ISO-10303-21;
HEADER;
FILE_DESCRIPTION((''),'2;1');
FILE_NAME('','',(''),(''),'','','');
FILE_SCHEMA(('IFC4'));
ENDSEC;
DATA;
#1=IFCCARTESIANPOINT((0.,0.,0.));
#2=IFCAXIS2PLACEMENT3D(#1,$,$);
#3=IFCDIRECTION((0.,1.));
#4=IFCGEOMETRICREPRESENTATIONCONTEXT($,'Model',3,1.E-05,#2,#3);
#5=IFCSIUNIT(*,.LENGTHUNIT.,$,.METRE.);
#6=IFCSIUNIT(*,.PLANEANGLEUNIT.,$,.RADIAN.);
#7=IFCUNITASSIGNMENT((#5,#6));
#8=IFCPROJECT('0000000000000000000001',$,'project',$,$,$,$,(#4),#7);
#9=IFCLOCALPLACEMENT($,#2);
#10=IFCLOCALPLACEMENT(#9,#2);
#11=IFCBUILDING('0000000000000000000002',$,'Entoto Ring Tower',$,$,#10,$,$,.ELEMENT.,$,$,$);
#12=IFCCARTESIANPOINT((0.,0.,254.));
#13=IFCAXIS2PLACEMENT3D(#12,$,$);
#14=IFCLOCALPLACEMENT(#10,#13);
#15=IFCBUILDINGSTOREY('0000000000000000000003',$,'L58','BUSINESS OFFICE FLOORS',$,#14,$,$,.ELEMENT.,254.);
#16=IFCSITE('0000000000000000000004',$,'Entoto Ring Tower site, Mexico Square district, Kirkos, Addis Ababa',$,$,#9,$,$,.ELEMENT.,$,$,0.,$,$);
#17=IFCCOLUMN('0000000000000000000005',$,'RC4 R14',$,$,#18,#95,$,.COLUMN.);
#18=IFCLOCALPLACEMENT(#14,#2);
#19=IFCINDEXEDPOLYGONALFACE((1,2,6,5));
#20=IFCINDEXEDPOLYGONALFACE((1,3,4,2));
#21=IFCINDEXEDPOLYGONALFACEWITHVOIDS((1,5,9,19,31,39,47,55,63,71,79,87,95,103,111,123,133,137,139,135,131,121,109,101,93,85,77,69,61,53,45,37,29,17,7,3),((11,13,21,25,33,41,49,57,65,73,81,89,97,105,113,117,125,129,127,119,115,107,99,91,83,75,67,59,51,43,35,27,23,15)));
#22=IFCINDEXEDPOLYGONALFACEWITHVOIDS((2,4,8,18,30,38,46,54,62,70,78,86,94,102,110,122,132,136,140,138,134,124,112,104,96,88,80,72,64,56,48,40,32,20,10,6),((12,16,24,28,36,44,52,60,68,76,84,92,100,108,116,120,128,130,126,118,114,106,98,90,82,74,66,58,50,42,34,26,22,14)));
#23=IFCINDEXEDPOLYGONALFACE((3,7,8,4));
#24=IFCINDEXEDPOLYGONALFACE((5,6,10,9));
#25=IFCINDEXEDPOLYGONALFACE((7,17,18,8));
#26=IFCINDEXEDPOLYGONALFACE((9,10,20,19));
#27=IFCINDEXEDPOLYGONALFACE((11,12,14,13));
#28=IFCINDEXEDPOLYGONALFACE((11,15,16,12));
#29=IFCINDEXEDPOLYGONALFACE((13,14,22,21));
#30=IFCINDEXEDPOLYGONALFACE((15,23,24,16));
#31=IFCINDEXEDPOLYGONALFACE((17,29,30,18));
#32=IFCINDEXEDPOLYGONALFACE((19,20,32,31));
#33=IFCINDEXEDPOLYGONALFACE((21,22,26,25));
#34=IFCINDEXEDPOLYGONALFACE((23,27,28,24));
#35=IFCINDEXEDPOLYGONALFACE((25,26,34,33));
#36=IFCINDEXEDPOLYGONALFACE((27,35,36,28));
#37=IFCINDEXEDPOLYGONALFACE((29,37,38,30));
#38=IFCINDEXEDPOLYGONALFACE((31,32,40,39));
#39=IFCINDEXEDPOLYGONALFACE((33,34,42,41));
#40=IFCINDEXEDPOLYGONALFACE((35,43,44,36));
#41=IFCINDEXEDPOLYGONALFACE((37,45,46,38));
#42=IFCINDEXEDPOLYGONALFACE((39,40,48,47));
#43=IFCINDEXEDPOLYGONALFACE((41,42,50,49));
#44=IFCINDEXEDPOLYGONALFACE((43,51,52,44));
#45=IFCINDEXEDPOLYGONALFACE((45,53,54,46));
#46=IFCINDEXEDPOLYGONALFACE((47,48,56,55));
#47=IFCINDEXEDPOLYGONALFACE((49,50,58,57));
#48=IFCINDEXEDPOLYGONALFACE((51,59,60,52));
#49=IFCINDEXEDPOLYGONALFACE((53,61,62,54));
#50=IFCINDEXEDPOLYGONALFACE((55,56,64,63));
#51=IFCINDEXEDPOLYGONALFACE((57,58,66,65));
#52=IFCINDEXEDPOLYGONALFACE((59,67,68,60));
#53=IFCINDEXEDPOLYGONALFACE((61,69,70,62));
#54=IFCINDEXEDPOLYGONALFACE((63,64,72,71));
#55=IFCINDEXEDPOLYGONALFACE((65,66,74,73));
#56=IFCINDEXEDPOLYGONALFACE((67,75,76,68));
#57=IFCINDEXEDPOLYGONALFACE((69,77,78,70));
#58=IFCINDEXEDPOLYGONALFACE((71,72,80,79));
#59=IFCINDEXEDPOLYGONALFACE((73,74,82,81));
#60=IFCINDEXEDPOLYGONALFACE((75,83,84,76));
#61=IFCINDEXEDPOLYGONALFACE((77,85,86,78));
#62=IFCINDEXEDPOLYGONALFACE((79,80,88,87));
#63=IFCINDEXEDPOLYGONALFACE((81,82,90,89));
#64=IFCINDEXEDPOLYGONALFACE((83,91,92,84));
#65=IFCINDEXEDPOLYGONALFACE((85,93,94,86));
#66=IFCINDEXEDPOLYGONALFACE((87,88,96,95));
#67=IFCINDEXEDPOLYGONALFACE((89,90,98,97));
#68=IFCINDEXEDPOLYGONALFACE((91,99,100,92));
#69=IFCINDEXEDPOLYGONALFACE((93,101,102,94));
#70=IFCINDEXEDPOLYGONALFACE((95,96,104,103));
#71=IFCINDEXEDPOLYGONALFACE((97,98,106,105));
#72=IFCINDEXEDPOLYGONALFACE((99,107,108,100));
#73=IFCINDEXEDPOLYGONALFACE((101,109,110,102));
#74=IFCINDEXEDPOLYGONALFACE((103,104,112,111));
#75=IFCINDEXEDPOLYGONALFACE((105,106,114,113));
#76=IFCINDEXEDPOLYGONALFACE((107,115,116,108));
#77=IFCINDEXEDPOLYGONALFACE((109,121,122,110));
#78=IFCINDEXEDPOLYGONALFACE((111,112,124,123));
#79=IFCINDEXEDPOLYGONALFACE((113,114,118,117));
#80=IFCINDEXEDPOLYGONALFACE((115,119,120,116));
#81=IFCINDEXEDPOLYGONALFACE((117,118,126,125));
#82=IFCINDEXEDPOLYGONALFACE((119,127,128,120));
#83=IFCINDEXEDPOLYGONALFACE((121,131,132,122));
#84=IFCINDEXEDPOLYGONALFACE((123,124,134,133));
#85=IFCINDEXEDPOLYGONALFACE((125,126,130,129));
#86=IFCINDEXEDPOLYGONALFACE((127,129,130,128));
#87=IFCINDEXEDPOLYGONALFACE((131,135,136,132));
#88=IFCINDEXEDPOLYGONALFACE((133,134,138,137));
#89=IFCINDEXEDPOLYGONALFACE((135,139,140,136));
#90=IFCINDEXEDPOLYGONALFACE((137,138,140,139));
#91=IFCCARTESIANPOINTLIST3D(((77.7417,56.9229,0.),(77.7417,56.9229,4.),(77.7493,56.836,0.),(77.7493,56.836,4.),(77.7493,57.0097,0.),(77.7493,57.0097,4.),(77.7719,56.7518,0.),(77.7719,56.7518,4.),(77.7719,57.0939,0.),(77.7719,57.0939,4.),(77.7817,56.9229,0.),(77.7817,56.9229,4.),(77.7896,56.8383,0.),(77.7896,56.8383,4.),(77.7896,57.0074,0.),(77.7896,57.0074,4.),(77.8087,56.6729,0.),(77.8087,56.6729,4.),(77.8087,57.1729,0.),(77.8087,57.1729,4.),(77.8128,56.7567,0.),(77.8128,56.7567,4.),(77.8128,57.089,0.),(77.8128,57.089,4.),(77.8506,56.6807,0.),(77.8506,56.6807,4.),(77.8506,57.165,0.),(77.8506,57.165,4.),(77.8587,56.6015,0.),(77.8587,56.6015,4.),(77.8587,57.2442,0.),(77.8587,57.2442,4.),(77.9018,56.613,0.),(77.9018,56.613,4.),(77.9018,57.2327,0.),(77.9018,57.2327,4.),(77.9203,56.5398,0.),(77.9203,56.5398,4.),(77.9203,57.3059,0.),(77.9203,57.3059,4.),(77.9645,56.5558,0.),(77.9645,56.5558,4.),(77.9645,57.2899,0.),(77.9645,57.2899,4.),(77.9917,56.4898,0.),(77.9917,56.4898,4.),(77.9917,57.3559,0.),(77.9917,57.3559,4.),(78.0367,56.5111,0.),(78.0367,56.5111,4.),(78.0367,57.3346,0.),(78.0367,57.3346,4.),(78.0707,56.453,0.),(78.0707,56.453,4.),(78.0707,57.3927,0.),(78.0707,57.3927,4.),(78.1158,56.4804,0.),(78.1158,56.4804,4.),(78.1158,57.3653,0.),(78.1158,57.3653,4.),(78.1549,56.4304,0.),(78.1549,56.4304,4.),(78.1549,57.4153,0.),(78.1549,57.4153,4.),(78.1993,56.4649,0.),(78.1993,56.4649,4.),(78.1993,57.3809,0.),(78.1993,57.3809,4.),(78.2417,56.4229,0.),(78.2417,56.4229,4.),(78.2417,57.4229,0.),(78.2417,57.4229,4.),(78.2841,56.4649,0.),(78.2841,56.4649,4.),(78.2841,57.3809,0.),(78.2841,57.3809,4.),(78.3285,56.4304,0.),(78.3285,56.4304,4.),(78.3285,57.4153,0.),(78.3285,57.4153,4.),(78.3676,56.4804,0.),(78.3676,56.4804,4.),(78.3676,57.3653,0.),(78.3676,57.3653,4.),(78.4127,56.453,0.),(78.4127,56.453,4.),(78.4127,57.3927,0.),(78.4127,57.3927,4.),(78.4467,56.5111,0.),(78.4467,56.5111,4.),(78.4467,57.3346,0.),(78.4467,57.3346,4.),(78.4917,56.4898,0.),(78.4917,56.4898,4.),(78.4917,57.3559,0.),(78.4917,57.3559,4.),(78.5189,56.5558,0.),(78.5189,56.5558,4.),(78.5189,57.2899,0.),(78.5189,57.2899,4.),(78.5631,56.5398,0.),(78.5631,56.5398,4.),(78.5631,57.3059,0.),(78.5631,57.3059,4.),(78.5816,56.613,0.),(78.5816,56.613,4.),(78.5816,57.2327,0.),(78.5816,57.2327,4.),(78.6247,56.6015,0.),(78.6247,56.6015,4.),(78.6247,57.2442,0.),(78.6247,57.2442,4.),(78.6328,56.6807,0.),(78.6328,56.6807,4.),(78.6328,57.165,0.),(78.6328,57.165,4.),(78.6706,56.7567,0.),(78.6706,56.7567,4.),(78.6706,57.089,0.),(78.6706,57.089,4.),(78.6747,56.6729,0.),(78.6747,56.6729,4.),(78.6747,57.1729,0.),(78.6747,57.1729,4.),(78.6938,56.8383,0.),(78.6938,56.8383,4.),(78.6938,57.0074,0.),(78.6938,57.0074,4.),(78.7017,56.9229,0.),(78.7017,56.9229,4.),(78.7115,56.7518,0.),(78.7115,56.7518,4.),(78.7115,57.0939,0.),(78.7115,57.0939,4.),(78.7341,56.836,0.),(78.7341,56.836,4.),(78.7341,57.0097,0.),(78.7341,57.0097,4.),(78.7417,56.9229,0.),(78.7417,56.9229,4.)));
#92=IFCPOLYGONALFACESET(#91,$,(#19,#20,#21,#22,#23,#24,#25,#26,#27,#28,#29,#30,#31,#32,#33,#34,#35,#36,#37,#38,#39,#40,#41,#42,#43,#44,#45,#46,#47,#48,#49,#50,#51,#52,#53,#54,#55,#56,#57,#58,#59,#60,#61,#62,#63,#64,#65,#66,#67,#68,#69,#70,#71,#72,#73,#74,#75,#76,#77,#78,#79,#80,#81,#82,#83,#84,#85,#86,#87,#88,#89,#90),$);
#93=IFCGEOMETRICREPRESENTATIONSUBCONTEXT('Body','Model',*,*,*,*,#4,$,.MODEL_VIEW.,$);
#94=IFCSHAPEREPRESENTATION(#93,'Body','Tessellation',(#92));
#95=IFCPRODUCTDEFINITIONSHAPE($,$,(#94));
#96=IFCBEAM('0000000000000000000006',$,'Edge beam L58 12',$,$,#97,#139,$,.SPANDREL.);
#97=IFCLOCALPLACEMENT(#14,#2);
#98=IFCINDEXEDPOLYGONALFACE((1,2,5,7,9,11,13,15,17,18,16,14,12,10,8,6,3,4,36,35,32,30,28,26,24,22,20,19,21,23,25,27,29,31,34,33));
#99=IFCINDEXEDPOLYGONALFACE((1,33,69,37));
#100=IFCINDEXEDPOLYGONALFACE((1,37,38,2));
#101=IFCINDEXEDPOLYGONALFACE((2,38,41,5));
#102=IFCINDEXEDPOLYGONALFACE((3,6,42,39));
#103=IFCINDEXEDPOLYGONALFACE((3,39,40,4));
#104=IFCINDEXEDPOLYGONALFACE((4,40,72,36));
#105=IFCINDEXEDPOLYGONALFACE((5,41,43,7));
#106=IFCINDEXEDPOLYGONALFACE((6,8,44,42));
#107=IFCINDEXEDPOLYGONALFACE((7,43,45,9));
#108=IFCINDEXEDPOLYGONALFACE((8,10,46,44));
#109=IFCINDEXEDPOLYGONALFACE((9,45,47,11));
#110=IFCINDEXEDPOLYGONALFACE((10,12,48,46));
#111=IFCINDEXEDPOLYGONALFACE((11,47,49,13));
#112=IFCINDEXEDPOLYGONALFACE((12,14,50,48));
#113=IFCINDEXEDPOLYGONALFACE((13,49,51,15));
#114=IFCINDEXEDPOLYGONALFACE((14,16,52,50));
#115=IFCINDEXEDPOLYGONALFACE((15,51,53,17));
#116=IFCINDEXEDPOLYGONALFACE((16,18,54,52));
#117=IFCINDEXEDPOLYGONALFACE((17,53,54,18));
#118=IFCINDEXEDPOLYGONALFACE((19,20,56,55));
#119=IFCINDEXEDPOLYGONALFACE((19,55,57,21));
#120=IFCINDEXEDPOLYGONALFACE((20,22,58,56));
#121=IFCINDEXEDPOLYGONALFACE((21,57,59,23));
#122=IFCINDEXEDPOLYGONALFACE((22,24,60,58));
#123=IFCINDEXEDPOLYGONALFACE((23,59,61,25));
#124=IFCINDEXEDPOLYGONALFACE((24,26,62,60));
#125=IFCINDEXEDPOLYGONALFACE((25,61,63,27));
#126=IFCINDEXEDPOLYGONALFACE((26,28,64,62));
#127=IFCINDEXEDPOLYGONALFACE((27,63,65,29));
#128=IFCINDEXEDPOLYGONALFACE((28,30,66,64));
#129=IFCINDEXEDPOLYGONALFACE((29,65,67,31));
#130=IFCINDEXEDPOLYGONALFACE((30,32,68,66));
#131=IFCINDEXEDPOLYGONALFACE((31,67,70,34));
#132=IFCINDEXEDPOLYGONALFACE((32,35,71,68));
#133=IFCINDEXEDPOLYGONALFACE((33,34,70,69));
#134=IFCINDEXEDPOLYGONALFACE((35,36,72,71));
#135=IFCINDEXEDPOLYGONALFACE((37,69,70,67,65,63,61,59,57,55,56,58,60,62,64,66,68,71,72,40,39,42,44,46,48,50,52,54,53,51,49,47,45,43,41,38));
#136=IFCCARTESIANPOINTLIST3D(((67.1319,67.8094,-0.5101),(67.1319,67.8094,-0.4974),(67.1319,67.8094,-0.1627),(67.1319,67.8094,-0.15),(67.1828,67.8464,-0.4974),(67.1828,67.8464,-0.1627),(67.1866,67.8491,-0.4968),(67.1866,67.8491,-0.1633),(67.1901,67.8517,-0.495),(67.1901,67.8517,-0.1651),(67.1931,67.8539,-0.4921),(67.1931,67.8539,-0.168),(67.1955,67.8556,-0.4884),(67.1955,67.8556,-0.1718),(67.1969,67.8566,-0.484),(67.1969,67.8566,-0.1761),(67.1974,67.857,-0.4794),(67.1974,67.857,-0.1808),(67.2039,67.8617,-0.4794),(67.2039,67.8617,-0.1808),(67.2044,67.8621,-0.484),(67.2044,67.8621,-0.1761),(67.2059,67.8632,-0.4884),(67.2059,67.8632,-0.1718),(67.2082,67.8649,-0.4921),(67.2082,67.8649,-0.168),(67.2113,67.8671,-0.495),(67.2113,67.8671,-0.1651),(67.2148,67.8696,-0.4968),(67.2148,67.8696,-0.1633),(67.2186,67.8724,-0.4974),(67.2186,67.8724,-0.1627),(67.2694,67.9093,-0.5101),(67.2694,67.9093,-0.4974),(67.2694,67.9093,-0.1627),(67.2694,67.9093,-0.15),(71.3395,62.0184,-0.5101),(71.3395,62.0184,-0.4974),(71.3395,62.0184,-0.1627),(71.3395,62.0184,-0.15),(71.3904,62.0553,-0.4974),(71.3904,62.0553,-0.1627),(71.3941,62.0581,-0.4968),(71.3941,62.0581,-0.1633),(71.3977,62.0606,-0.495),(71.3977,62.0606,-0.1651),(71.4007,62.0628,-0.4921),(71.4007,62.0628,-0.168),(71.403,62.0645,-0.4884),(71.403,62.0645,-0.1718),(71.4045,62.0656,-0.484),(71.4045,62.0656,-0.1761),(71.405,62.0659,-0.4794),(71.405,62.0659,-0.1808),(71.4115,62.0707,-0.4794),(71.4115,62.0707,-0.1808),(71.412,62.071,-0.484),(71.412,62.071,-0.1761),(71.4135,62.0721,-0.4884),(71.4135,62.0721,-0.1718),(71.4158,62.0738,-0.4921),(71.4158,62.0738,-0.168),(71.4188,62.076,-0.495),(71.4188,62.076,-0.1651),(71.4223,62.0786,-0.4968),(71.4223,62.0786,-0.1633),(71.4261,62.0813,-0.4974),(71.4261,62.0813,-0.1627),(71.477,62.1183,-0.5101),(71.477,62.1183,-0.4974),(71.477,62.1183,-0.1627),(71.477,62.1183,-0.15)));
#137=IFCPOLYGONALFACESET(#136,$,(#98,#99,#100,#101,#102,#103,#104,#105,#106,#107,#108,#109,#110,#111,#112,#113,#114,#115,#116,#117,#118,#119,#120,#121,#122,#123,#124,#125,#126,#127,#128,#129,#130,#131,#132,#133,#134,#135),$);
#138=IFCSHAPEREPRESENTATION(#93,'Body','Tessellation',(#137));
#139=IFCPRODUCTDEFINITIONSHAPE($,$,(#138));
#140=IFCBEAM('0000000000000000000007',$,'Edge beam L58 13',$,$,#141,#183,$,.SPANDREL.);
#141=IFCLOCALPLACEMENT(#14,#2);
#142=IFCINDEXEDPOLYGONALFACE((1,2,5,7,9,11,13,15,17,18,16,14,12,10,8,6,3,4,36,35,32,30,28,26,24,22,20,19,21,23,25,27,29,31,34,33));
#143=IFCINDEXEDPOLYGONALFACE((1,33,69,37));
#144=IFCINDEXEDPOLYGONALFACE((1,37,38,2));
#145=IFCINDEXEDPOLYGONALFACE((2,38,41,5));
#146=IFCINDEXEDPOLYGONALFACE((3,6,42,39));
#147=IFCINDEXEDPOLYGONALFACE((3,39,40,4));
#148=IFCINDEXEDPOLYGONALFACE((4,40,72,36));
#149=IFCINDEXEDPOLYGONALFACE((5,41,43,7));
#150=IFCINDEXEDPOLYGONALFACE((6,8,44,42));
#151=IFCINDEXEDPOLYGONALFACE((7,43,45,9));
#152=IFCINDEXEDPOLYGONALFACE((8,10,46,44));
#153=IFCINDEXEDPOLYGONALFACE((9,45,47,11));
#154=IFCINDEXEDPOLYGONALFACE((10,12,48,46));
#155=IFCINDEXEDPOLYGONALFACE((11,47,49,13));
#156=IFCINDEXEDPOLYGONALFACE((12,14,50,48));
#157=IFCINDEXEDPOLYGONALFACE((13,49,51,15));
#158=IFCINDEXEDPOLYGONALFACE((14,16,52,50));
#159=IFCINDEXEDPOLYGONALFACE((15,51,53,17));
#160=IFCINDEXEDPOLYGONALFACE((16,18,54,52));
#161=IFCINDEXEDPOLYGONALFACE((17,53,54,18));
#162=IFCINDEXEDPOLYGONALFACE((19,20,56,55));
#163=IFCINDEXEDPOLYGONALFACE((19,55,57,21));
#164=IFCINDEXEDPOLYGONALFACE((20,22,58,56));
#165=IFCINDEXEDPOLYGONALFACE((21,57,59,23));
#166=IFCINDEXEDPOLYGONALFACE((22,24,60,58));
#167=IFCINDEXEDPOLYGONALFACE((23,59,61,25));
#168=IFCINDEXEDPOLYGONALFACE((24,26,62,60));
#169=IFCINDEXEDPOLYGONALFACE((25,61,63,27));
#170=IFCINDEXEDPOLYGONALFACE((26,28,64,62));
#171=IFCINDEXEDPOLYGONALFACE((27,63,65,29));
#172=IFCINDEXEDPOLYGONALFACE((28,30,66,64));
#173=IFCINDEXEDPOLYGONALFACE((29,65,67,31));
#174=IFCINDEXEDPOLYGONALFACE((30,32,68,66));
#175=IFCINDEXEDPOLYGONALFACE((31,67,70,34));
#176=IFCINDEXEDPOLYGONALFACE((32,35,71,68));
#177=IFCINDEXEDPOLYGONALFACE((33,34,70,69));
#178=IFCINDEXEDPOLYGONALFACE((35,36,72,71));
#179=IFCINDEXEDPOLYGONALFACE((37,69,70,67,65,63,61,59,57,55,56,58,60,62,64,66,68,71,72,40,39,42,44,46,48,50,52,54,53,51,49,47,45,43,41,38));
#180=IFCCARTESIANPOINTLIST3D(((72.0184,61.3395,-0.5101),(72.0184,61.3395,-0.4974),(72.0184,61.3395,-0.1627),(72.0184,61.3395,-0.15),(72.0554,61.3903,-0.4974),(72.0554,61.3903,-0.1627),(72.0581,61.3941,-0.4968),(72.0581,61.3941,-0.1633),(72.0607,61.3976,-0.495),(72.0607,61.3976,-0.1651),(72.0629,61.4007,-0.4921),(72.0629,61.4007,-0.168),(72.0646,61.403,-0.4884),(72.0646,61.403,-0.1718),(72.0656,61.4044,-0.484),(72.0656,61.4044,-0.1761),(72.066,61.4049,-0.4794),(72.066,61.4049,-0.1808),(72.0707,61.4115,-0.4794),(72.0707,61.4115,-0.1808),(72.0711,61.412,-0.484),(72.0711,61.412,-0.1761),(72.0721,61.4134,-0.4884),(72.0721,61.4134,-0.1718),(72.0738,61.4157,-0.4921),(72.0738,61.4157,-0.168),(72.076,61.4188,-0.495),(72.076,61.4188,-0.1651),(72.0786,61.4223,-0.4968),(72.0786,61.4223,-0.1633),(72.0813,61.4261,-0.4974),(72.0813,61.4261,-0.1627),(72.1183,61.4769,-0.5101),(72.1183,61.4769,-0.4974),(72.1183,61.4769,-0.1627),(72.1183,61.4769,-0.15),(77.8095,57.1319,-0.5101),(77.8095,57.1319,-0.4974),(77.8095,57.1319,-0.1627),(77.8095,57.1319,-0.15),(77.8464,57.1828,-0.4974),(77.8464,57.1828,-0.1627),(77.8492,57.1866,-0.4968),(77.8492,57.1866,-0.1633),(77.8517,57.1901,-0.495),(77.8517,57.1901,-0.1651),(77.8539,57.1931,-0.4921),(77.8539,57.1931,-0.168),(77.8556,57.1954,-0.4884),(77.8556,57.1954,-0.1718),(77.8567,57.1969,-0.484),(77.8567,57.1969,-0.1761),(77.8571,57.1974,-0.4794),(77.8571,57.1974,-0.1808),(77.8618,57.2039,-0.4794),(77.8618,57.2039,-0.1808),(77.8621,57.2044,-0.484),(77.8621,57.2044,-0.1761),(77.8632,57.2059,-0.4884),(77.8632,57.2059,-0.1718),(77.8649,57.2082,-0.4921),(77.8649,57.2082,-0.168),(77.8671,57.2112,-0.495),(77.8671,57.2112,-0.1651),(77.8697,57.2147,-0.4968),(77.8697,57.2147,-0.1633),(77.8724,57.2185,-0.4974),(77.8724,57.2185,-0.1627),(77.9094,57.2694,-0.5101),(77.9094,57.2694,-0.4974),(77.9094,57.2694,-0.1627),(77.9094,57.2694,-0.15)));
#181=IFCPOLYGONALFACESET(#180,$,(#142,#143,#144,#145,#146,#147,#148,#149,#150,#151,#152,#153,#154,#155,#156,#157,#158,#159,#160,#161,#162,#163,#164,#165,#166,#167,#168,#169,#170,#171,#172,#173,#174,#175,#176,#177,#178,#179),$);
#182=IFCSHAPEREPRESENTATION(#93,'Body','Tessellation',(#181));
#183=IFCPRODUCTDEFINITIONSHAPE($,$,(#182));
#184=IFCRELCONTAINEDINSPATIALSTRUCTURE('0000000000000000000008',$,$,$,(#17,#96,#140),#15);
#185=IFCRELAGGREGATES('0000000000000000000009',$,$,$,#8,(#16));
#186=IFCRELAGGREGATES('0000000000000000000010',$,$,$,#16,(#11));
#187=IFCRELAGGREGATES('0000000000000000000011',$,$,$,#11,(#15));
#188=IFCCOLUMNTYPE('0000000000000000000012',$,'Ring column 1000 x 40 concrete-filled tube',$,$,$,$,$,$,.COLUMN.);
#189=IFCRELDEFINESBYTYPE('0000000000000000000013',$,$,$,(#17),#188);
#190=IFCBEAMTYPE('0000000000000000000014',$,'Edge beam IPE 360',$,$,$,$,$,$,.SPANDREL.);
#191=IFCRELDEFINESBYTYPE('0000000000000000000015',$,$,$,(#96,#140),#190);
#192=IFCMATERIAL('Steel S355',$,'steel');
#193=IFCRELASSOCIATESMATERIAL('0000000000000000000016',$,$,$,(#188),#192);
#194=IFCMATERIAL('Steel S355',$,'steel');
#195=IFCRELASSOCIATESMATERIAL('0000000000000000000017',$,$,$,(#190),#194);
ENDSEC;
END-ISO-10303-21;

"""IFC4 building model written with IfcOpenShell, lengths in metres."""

from ifc_helpers import new_model, si_unit, direction, frame, origin, origin_2d, place, context, subcontext, project, spatial, circle, hollow_circle, i_section, extrude, material, material_profile, profile_set, type_object, element, save


model = new_model("IFC4")

# Units and contexts
model_context = context("Model", 3, precision=1e-05, world=origin(), true_north=direction((0.0, 1.0)))
body_context = subcontext(model_context, "Body", "Model", "MODEL_VIEW")
ifc_project = project(units=[si_unit("LENGTHUNIT", "METRE"), si_unit("PLANEANGLEUNIT", "RADIAN")], contexts=[model_context])

# Site, building, storey
site_placement = place(None, origin())
site = spatial("IfcSite", under=ifc_project, at=site_placement, Name="Entoto Ring Tower site, Mexico Square district, Kirkos, Addis Ababa", CompositionType="ELEMENT", RefElevation=0.0)
building_placement = place(site_placement, origin())
building = spatial("IfcBuilding", under=site, at=building_placement, Name="Entoto Ring Tower", CompositionType="ELEMENT")
storey_placement = place(building_placement, frame((0.0, 0.0, 254.0)))
storey = spatial("IfcBuildingStorey", under=building, at=storey_placement, Name="L58", Description="BUSINESS OFFICE FLOORS", CompositionType="ELEMENT", Elevation=254.0)

# Column
ifc_material_1 = material(Name="Steel S355", Category="steel")
ifc_material_profile_1 = material_profile(ifc_material_1, hollow_circle(Radius=0.5, WallThickness=0.04, at=origin_2d()), Name="CHS 1000 x 40")
ifc_material_2 = material(Name="Concrete C60/75", Category="concrete")
ifc_material_profile_2 = material_profile(ifc_material_2, circle(Radius=0.46, at=origin_2d()), Name="Concrete C60/75 infill")
ifc_profile_set_1 = profile_set([ifc_material_profile_1, ifc_material_profile_2], Name="Steel S355")
column_type = type_object("IfcColumnType", Name="Ring column 1000 x 40 concrete-filled tube", PredefinedType="COLUMN", material=ifc_profile_set_1)
for number, where, z_axis, x_axis, name in (
    (1, (78.2417, 56.9229, 0.0), (0.0, 0.0, 1.0), (1.0, 0.0, 0.0), "RC4 R14"),
):
    element("IfcColumn", number, at=place(storey_placement, frame(where, z_axis=z_axis, x_axis=x_axis)), inside=storey, type_object=column_type, Name=name, PredefinedType="COLUMN", context=body_context, shape_type="SweptSolid", body=[
        extrude(hollow_circle(Radius=0.5, WallThickness=0.04, at=origin_2d()), origin(), (0.0, 0.0, 1.0), 4.0),
    ])

# Beams
ifc_material_3 = material(Name="Steel S355", Category="steel")
ifc_material_profile_3 = material_profile(ifc_material_3, i_section(OverallWidth=0.1699, OverallDepth=0.3601, WebThickness=0.0081, FlangeThickness=0.0127, FilletRadius=0.0181, at=origin_2d()), Name="IPE 360")
ifc_profile_set_2 = profile_set([ifc_material_profile_3], Name="Steel S355")
beam_type_1 = type_object("IfcBeamType", Name="Edge beam IPE 360", PredefinedType="SPANDREL", material=ifc_profile_set_2)
for number, where, z_axis, x_axis, name in (
    (2, (67.2007, 67.8594, -0.3301), (0.587794, -0.80901, 0.0), (0.80901, 0.587794, 0.0), "Edge beam L58 12"),
    (3, (72.0684, 61.4082, -0.3301), (0.80901, -0.587794, 0.0), (0.587794, 0.80901, 0.0), "Edge beam L58 13"),
):
    element("IfcBeam", number, at=place(storey_placement, frame(where, z_axis=z_axis, x_axis=x_axis)), inside=storey, type_object=beam_type_1, Name=name, PredefinedType="SPANDREL", context=body_context, shape_type="SweptSolid", body=[
        extrude(i_section(OverallWidth=0.1699, OverallDepth=0.3601, WebThickness=0.0081, FlangeThickness=0.0127, FilletRadius=0.0181, at=origin_2d()), origin(), (0.0, 0.0, 1.0), 7.1582),
    ])

save(model, "model.ifc")
